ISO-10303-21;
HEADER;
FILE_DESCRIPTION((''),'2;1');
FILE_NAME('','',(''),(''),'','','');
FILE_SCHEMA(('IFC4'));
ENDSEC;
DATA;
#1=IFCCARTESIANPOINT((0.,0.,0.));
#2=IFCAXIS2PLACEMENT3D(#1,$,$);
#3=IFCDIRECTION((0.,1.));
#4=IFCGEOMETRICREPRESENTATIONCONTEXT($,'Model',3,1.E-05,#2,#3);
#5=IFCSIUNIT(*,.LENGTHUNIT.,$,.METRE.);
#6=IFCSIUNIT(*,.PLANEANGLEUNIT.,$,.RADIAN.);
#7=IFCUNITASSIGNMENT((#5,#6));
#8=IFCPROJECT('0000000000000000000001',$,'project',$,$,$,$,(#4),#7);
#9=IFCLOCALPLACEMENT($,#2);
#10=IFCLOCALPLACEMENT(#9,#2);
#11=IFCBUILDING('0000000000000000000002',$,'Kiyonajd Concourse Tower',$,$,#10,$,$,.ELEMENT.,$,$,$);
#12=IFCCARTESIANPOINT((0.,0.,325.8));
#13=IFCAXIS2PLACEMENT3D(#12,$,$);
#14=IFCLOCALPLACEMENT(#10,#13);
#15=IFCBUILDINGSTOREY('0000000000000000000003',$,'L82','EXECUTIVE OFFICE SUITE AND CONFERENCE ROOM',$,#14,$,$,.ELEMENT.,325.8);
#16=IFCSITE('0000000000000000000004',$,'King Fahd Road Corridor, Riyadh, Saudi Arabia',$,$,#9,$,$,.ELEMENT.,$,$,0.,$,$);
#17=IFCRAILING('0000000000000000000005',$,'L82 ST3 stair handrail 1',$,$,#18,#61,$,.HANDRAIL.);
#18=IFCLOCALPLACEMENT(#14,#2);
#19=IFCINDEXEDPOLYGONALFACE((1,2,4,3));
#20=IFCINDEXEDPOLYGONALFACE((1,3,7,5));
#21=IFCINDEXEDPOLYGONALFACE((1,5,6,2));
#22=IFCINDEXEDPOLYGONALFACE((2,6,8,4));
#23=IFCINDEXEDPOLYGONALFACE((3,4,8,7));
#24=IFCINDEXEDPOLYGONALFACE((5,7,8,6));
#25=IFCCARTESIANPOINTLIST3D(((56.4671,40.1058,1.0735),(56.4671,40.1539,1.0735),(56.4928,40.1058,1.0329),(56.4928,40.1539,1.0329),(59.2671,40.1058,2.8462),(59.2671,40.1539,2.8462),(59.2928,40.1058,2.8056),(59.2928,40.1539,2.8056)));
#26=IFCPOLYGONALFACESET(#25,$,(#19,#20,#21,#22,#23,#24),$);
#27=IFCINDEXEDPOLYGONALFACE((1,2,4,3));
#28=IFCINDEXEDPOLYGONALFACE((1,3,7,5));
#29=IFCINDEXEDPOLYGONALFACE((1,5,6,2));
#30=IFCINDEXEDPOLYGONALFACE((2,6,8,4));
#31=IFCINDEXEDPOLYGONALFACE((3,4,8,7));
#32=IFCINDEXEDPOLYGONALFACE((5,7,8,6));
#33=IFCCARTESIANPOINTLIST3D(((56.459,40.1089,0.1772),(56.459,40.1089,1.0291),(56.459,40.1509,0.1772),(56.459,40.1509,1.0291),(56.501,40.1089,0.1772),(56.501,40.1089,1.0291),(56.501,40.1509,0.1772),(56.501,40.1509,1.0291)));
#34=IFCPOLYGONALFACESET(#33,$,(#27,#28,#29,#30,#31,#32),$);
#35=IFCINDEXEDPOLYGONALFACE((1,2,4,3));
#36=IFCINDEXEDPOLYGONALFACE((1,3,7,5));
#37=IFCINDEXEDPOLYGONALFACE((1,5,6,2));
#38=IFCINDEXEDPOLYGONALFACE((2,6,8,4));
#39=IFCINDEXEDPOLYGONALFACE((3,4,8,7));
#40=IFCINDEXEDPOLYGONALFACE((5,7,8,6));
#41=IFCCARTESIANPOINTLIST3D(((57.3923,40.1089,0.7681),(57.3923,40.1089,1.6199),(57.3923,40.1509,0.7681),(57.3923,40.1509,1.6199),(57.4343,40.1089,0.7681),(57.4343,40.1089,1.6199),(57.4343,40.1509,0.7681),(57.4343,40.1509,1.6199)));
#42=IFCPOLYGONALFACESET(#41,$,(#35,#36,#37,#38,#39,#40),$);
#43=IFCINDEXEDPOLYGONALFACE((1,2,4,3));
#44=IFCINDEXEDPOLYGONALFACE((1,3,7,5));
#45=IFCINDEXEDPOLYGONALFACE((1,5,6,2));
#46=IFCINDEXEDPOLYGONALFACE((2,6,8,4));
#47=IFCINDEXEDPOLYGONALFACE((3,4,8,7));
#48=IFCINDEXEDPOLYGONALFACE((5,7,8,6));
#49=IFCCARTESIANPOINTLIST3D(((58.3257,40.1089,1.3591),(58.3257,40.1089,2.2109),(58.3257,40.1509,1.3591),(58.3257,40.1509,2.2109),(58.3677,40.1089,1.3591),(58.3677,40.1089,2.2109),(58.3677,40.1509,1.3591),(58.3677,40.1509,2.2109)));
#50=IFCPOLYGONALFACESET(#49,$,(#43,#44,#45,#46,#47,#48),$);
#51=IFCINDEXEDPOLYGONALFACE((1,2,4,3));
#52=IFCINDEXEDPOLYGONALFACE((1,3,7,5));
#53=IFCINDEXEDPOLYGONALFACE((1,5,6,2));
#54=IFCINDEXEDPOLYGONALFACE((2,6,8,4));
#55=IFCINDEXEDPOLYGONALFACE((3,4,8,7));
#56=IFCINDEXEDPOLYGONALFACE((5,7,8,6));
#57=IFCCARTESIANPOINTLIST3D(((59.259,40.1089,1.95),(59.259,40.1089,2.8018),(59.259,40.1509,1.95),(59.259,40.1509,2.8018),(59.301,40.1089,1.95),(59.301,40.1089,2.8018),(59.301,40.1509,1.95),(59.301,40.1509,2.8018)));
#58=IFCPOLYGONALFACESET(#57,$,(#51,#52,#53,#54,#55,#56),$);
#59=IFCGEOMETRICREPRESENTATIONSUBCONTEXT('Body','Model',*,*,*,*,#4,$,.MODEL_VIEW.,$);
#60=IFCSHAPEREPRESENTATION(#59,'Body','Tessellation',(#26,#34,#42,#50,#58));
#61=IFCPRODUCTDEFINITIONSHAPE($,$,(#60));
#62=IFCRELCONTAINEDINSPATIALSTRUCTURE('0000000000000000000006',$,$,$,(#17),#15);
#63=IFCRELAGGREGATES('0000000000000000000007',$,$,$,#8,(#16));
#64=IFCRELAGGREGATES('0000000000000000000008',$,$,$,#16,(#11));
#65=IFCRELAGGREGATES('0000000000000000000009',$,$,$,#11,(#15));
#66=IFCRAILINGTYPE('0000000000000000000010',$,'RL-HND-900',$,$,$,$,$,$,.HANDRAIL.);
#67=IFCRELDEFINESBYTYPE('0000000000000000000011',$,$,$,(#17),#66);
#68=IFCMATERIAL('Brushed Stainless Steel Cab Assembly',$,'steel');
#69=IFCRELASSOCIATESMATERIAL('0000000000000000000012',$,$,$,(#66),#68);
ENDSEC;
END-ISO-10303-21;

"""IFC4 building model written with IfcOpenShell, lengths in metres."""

from ifc_helpers import new_model, si_unit, direction, frame, origin, origin_2d, place, context, subcontext, project, spatial, rectangle, extrude, material, type_object, element, save


model = new_model("IFC4")

# Units and contexts
model_context = context("Model", 3, precision=1e-05, world=origin(), true_north=direction((0.0, 1.0)))
body_context = subcontext(model_context, "Body", "Model", "MODEL_VIEW")
ifc_project = project(units=[si_unit("LENGTHUNIT", "METRE"), si_unit("PLANEANGLEUNIT", "RADIAN")], contexts=[model_context])

# Site, building, storey
site_placement = place(None, origin())
site = spatial("IfcSite", under=ifc_project, at=site_placement, Name="King Fahd Road Corridor, Riyadh, Saudi Arabia", CompositionType="ELEMENT", RefElevation=0.0)
building_placement = place(site_placement, origin())
building = spatial("IfcBuilding", under=site, at=building_placement, Name="Kiyonajd Concourse Tower", CompositionType="ELEMENT")
storey_placement = place(building_placement, frame((0.0, 0.0, 325.8)))
storey = spatial("IfcBuildingStorey", under=building, at=storey_placement, Name="L82", Description="EXECUTIVE OFFICE SUITE AND CONFERENCE ROOM", CompositionType="ELEMENT", Elevation=325.8)

# Shared definitions
ifc_material_1 = material(Name="Brushed Stainless Steel Cab Assembly", Category="steel")

# Railing
railing_type_1 = type_object("IfcRailingType", Name="RL-HND-900", PredefinedType="HANDRAIL", material=ifc_material_1)
railing_1_placement = place(storey_placement, frame((56.48, 40.1299, 0.1772)))
element("IfcRailing", 1, at=railing_1_placement, inside=storey, type_object=railing_type_1, Name="L82 ST3 stair handrail 1", PredefinedType="HANDRAIL", context=body_context, shape_type="SweptSolid", body=[
    extrude(rectangle(XDim=0.0481, YDim=0.0481, at=origin_2d()), frame((0.0, 0.0, 0.876), z_axis=(0.844909, 0.0, 0.53491), x_axis=(0.0, 1.0, 0.0)), (0.0, 0.0, 1.0), 3.314),
    extrude(rectangle(XDim=0.042, YDim=0.042, at=origin_2d()), origin(), (0.0, 0.0, 1.0), 0.8518),
    extrude(rectangle(XDim=0.042, YDim=0.042, at=origin_2d()), frame((0.9333, 0.0, 0.5908)), (0.0, 0.0, 1.0), 0.8518),
    extrude(rectangle(XDim=0.042, YDim=0.042, at=origin_2d()), frame((1.8667, 0.0, 1.1819)), (0.0, 0.0, 1.0), 0.8518),
    extrude(rectangle(XDim=0.042, YDim=0.042, at=origin_2d()), frame((2.8, 0.0, 1.7727)), (0.0, 0.0, 1.0), 0.8518),
])

save(model, "model.ifc")
